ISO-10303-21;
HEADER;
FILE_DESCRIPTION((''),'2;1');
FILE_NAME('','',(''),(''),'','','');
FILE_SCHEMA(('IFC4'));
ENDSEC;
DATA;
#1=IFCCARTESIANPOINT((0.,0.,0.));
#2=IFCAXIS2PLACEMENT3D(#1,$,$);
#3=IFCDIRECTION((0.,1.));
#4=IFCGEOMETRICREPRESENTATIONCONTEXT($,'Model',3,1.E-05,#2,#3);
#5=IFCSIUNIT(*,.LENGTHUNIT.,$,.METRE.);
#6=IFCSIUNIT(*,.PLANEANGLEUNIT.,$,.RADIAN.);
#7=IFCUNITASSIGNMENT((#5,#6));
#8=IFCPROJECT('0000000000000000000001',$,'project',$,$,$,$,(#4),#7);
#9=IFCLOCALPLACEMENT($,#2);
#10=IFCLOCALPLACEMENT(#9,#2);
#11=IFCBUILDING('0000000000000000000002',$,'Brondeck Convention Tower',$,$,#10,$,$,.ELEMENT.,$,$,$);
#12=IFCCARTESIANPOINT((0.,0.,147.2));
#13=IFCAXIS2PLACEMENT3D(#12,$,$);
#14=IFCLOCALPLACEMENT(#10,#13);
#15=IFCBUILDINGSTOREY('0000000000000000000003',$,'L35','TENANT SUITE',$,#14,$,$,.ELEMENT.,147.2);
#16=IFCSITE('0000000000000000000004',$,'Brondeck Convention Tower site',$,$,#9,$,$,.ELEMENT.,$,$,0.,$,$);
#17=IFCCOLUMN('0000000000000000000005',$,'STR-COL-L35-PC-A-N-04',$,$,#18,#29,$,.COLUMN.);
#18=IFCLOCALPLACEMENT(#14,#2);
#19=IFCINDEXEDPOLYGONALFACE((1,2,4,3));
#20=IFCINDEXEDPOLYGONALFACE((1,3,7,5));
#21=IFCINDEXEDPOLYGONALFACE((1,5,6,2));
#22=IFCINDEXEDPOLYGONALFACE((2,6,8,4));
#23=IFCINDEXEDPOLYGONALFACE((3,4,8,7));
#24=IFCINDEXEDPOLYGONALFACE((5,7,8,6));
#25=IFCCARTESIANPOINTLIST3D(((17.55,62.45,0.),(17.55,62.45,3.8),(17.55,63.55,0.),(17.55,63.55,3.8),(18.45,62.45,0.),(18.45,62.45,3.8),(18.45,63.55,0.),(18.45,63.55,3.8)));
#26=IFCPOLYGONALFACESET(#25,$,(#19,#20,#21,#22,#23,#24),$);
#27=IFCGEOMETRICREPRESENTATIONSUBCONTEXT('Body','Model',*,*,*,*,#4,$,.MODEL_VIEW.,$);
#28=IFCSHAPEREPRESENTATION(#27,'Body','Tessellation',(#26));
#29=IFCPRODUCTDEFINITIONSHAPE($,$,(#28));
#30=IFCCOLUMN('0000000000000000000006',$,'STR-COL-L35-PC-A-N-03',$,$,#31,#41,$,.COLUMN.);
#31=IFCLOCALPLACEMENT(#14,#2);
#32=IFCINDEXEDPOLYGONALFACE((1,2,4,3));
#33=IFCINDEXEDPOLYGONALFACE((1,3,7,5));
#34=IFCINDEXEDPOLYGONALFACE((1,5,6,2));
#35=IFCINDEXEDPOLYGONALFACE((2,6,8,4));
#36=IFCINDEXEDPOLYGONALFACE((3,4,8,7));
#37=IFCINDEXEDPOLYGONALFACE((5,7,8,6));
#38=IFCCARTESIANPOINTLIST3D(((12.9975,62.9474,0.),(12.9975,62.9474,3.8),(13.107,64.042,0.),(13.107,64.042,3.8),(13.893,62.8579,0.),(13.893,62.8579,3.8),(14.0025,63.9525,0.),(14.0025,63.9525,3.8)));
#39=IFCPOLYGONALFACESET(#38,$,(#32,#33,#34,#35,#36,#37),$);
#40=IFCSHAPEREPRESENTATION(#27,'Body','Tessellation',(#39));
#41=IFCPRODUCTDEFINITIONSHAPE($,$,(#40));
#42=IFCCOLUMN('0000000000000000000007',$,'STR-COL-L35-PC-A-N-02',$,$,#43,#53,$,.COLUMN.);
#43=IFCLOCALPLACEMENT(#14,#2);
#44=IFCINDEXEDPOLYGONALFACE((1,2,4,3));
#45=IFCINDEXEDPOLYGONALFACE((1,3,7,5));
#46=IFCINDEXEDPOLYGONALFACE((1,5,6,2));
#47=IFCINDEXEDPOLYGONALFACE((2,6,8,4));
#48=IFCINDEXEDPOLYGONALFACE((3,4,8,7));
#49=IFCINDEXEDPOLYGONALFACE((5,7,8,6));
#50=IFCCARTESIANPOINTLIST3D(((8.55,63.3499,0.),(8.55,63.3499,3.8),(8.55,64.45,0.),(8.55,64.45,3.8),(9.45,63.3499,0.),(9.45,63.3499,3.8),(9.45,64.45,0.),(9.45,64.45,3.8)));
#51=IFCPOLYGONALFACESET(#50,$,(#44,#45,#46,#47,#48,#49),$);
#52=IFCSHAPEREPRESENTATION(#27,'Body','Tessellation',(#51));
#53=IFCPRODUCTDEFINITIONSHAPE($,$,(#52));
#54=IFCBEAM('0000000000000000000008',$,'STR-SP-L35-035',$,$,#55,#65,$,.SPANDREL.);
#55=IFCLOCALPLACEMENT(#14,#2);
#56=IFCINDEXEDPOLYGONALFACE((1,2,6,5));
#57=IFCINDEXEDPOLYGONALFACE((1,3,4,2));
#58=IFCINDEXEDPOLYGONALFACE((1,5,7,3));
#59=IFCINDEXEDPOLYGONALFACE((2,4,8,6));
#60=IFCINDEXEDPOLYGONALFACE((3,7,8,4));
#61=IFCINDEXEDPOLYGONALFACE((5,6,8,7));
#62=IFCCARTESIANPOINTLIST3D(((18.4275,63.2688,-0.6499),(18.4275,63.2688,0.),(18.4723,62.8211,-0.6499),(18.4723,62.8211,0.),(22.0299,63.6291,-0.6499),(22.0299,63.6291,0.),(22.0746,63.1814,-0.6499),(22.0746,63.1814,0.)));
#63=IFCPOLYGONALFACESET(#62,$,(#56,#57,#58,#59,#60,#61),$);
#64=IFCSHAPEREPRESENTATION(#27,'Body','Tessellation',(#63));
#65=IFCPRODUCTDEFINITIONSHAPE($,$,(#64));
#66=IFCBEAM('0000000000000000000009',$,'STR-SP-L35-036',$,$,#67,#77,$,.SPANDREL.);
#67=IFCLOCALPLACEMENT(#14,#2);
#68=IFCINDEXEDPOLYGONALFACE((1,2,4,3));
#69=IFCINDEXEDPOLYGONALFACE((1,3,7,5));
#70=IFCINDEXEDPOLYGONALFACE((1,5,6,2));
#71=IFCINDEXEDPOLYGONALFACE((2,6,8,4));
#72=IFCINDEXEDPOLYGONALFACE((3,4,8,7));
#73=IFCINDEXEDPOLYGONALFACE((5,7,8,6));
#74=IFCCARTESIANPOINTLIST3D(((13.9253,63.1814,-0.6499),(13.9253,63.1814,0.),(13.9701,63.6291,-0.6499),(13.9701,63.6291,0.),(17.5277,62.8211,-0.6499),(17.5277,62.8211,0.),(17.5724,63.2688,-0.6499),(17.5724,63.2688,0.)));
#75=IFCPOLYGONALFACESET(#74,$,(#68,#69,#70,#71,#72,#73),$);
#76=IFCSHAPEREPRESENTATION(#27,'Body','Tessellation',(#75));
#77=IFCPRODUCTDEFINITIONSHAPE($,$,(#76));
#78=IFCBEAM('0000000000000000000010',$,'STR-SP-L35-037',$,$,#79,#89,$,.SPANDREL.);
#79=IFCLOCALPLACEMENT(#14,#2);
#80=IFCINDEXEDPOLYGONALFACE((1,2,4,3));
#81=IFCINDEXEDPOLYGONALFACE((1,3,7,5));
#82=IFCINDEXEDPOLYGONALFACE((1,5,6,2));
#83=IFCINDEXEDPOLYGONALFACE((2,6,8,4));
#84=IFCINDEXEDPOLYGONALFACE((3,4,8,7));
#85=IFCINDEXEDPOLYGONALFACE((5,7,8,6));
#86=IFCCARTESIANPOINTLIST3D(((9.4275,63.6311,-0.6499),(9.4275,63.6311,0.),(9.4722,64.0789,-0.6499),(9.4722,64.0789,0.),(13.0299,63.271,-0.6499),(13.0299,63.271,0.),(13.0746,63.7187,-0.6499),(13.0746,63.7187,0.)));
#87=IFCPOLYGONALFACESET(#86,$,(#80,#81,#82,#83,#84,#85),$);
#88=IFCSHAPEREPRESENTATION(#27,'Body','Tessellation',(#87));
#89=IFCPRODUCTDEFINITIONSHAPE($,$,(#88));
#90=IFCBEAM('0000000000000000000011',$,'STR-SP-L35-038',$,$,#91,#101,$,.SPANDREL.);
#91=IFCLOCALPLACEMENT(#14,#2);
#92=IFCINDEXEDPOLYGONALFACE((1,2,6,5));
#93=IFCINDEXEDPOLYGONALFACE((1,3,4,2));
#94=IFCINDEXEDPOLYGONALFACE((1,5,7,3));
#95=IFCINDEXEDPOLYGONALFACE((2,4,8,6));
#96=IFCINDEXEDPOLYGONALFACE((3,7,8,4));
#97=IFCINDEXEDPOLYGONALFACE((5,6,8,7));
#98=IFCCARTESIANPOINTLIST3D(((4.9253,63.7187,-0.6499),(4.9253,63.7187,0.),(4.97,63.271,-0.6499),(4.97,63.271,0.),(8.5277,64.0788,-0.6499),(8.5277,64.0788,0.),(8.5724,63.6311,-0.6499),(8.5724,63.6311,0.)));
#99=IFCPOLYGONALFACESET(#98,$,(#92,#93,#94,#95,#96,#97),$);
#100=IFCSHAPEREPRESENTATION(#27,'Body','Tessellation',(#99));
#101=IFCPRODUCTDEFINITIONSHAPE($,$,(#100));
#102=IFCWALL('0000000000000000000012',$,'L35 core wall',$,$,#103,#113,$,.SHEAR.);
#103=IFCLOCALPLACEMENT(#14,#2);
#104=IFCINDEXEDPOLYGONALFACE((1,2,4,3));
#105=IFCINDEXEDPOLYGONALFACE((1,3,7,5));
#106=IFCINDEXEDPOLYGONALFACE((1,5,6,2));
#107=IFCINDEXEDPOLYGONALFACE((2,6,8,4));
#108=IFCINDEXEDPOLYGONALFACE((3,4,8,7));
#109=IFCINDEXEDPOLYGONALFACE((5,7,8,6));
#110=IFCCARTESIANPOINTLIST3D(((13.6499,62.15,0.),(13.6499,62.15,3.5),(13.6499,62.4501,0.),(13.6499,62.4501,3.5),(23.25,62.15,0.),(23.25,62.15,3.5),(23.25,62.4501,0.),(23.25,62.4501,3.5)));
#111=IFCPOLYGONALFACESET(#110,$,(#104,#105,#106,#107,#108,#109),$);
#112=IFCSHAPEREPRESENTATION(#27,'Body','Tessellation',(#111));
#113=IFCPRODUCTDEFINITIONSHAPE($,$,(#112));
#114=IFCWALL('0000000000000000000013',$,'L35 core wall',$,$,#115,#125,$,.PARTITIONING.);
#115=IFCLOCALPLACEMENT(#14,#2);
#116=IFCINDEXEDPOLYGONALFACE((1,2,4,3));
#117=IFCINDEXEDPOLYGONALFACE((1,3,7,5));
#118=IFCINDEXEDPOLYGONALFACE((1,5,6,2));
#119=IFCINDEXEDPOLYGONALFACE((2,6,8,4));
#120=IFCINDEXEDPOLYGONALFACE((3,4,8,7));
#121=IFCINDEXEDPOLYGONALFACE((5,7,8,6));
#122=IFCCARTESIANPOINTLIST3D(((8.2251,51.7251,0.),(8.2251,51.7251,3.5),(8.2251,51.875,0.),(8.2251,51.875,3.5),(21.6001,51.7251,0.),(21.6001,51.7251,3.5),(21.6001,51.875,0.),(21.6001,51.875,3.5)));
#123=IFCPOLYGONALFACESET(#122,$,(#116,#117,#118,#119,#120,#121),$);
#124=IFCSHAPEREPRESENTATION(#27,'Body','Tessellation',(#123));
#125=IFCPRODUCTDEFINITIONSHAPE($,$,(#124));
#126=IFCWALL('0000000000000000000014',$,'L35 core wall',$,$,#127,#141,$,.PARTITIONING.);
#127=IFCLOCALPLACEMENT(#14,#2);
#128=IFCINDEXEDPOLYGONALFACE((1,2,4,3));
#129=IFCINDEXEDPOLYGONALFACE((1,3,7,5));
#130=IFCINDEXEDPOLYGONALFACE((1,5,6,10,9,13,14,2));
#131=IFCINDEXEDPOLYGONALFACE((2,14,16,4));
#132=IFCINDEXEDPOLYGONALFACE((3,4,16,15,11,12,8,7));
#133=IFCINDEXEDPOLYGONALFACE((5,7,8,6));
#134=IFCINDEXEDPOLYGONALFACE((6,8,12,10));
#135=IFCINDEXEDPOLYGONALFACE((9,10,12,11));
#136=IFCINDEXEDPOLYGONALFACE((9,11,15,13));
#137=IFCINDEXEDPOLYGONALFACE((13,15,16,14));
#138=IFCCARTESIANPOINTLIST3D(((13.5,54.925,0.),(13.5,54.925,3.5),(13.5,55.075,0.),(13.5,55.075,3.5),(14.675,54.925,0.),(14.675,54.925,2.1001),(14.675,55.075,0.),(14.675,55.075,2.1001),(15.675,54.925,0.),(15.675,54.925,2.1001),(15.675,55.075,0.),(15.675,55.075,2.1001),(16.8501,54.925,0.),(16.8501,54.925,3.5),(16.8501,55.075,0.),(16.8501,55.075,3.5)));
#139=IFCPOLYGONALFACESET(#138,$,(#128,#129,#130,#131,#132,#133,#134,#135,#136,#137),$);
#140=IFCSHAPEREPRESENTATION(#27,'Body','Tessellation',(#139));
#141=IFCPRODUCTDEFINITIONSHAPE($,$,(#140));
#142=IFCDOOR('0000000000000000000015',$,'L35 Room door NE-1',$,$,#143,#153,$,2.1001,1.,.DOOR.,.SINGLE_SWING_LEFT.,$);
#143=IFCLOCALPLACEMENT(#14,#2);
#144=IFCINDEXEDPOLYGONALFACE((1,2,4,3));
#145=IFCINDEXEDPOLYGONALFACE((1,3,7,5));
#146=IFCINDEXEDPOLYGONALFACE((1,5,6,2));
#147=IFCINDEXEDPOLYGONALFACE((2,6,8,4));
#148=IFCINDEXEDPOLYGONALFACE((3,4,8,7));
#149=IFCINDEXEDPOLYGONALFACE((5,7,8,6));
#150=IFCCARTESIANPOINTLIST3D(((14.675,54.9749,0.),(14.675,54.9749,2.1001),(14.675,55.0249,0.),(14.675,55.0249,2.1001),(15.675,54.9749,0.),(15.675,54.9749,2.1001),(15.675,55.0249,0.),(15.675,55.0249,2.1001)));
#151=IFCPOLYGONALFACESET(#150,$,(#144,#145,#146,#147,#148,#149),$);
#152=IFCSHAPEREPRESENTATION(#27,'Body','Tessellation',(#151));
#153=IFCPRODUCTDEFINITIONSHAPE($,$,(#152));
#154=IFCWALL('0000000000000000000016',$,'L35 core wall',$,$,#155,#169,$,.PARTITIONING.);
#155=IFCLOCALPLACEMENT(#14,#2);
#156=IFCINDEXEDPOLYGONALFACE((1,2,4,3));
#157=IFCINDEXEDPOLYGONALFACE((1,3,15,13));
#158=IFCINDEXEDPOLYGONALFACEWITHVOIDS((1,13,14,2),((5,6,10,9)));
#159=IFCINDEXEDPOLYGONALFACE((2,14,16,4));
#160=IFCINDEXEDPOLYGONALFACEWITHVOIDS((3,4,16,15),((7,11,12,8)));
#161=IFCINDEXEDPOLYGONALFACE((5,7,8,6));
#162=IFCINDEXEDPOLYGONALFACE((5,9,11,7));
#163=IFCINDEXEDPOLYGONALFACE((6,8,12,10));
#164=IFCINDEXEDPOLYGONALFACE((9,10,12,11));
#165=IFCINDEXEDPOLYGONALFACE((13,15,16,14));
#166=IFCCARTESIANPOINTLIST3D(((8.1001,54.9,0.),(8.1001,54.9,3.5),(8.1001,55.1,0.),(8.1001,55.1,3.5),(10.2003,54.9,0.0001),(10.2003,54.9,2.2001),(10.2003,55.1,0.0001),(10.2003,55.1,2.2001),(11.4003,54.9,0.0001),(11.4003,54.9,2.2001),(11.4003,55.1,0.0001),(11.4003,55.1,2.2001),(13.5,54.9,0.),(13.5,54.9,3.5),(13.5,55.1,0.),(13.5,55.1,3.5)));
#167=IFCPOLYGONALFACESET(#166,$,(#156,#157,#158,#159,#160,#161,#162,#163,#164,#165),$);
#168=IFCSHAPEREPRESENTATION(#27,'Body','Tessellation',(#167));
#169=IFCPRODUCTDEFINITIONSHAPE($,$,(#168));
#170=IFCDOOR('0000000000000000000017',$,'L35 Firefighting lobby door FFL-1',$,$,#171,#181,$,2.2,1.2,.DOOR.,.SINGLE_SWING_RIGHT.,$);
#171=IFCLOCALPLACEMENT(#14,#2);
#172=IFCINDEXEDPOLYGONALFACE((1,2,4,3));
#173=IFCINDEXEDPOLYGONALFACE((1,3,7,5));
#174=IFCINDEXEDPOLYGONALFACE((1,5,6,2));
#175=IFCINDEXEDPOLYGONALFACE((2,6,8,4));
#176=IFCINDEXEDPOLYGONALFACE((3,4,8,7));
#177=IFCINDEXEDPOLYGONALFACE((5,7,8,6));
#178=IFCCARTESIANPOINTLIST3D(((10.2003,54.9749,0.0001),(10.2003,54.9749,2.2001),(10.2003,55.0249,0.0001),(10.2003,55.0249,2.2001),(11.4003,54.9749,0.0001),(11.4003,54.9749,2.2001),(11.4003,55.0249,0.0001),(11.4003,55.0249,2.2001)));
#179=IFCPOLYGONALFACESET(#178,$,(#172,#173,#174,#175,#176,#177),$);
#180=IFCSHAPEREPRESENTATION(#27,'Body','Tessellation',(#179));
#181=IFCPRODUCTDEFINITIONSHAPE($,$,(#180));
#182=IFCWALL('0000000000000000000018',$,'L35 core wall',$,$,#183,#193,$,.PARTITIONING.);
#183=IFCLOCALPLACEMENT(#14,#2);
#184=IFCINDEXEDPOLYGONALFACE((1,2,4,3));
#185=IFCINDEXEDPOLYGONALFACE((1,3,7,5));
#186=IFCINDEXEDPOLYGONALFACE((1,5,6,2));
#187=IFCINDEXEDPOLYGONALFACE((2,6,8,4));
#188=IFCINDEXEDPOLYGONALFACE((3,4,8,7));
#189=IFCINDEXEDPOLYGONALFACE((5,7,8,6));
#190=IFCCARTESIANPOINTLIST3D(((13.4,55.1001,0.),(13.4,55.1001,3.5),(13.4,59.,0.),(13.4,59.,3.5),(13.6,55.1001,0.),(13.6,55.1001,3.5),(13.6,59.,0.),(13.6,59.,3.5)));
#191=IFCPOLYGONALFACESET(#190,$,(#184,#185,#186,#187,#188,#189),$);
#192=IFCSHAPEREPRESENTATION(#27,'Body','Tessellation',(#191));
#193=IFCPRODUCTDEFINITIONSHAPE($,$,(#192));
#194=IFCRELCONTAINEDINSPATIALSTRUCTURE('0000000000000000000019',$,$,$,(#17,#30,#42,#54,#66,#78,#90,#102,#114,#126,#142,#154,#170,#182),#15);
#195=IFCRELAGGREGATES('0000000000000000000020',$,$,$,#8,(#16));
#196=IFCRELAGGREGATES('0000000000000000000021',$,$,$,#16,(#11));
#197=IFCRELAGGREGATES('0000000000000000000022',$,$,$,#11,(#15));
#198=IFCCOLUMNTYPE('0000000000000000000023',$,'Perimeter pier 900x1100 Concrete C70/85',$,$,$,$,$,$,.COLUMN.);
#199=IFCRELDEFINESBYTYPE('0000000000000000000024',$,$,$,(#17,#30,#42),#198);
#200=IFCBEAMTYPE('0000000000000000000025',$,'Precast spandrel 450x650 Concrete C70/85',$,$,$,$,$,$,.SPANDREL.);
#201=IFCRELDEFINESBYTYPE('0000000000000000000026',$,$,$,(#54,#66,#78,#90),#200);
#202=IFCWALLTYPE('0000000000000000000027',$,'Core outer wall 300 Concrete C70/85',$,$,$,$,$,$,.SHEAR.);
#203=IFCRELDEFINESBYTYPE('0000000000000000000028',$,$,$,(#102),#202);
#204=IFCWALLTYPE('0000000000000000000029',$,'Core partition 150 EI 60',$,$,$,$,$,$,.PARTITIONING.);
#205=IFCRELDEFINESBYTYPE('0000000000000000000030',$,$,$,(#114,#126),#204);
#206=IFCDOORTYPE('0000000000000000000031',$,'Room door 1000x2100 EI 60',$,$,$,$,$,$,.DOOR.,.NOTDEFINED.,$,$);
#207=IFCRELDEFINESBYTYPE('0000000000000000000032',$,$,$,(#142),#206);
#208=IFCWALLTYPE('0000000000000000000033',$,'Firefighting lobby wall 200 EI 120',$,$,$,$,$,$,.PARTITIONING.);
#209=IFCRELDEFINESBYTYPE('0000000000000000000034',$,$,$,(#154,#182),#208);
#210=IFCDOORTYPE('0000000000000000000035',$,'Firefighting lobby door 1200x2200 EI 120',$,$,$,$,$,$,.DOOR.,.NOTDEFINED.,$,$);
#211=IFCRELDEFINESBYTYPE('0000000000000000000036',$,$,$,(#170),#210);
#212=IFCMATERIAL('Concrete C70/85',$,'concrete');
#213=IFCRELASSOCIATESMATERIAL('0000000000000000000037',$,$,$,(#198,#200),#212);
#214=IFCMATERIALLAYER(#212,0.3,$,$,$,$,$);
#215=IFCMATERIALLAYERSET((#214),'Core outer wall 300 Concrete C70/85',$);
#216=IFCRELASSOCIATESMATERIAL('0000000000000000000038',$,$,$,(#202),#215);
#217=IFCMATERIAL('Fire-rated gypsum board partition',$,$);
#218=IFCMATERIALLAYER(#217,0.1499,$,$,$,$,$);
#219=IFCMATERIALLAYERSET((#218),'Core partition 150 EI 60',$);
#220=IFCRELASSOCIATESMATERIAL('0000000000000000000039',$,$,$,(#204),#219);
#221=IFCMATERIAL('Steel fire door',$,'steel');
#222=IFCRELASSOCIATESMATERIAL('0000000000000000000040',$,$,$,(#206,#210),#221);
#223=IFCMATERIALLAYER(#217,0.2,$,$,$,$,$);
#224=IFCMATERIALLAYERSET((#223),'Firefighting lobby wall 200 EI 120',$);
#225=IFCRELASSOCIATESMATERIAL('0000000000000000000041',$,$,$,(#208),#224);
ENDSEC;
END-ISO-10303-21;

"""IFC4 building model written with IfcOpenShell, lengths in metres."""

from ifc_helpers import new_model, si_unit, direction, frame, frame_2d, origin, origin_2d, place, context, subcontext, project, spatial, rectangle, extrude, material, layer, layer_set, material_profile, profile_set, type_object, element, fill, save


model = new_model("IFC4")

# Units and contexts
model_context = context("Model", 3, precision=1e-05, world=origin(), true_north=direction((0.0, 1.0)))
body_context = subcontext(model_context, "Body", "Model", "MODEL_VIEW")
ifc_project = project(units=[si_unit("LENGTHUNIT", "METRE"), si_unit("PLANEANGLEUNIT", "RADIAN")], contexts=[model_context])

# Site, building, storey
site_placement = place(None, origin())
site = spatial("IfcSite", under=ifc_project, at=site_placement, Name="Brondeck Convention Tower site", CompositionType="ELEMENT", RefElevation=0.0)
building_placement = place(site_placement, origin())
building = spatial("IfcBuilding", under=site, at=building_placement, Name="Brondeck Convention Tower", CompositionType="ELEMENT")
storey_placement = place(building_placement, frame((0.0, 0.0, 147.2)))
storey = spatial("IfcBuildingStorey", under=building, at=storey_placement, Name="L35", Description="TENANT SUITE", CompositionType="ELEMENT", Elevation=147.2)

# Columns
ifc_material_1 = material(Name="Concrete C70/85", Category="concrete")
ifc_material_profile_1 = material_profile(ifc_material_1, rectangle(XDim=0.8999, YDim=1.1001, at=origin_2d()), Name="Perimeter pier 900x1100 Concrete C70/85")
ifc_profile_set_1 = profile_set([ifc_material_profile_1], Name="Concrete C70/85")
column_type = type_object("IfcColumnType", Name="Perimeter pier 900x1100 Concrete C70/85", PredefinedType="COLUMN", material=ifc_profile_set_1)
for number, where, z_axis, x_axis, name in (
    (1, (18.0, 63.0, 0.0), (0.0, 0.0, 1.0), (-1.0, 0.0, 0.0), "STR-COL-L35-PC-A-N-04"),
    (2, (13.5, 63.45, 0.0), (0.0, 0.0, 1.0), (-0.995037, 0.099504, 0.0), "STR-COL-L35-PC-A-N-03"),
    (3, (9.0, 63.8999, 0.0), (0.0, 0.0, 1.0), (-1.0, 0.0, 0.0), "STR-COL-L35-PC-A-N-02"),
):
    element("IfcColumn", number, at=place(storey_placement, frame(where, z_axis=z_axis, x_axis=x_axis)), inside=storey, type_object=column_type, Name=name, PredefinedType="COLUMN", context=body_context, shape_type="SweptSolid", body=[
        extrude(rectangle(XDim=0.8999, YDim=1.1001, at=origin_2d()), origin(), (0.0, 0.0, 1.0), 3.8),
    ])

# Beams
ifc_material_profile_2 = material_profile(ifc_material_1, rectangle(XDim=0.45, YDim=0.6499, at=origin_2d()), Name="Precast spandrel 450x650 Concrete C70/85")
ifc_profile_set_2 = profile_set([ifc_material_profile_2], Name="Concrete C70/85")
beam_type = type_object("IfcBeamType", Name="Precast spandrel 450x650 Concrete C70/85", PredefinedType="SPANDREL", material=ifc_profile_set_2)
for number, where, z_axis, x_axis, name in (
    (4, (22.0522, 63.4053, -0.325), (-0.995034, -0.099537, 0.0), (0.099537, -0.995034, 0.0), "STR-SP-L35-035"),
    (5, (17.55, 63.0449, -0.325), (-0.995034, 0.099537, 0.0), (-0.099537, -0.995034, 0.0), "STR-SP-L35-036"),
    (6, (13.0522, 63.4949, -0.325), (-0.995041, 0.09947, 0.0), (-0.09947, -0.995041, 0.0), "STR-SP-L35-037"),
    (7, (8.55, 63.855, -0.325), (-0.995041, -0.09947, 0.0), (0.09947, -0.995041, 0.0), "STR-SP-L35-038"),
):
    element("IfcBeam", number, at=place(storey_placement, frame(where, z_axis=z_axis, x_axis=x_axis)), inside=storey, type_object=beam_type, Name=name, PredefinedType="SPANDREL", context=body_context, shape_type="SweptSolid", body=[
        extrude(rectangle(XDim=0.45, YDim=0.6499, at=origin_2d()), origin(), (0.0, 0.0, 1.0), 3.6204),
    ])

# Walls
ifc_layer_1 = layer(ifc_material_1, 0.3)
ifc_layer_set_1 = layer_set([ifc_layer_1], Name="Core outer wall 300 Concrete C70/85")
wall_type_1 = type_object("IfcWallType", Name="Core outer wall 300 Concrete C70/85", PredefinedType="SHEAR", material=ifc_layer_set_1)
wall_1_placement = place(storey_placement, frame((13.6499, 62.3, 0.0), z_axis=(0.0, 0.0, 1.0), x_axis=(1.0, 0.0, 0.0)))
element("IfcWall", 8, at=wall_1_placement, inside=storey, type_object=wall_type_1, Name="L35 core wall", PredefinedType="SHEAR", context=body_context, shape_type="SweptSolid", body=[
    extrude(rectangle(XDim=9.6001, YDim=0.3, at=frame_2d((4.8, 0.0))), origin(), (0.0, 0.0, 1.0), 3.5),
])
ifc_material_2 = material(Name="Fire-rated gypsum board partition")
ifc_layer_2 = layer(ifc_material_2, 0.1499)
ifc_layer_set_2 = layer_set([ifc_layer_2], Name="Core partition 150 EI 60")
wall_type_2 = type_object("IfcWallType", Name="Core partition 150 EI 60", PredefinedType="PARTITIONING", material=ifc_layer_set_2)
wall_2_placement = place(storey_placement, frame((8.2251, 51.8, 0.0), z_axis=(0.0, 0.0, 1.0), x_axis=(1.0, 0.0, 0.0)))
element("IfcWall", 9, at=wall_2_placement, inside=storey, type_object=wall_type_2, Name="L35 core wall", PredefinedType="PARTITIONING", context=body_context, shape_type="SweptSolid", body=[
    extrude(rectangle(XDim=13.375, YDim=0.1499, at=frame_2d((6.6875, 0.0))), origin(), (0.0, 0.0, 1.0), 3.5),
])

# Walls, openings, doors
wall_3_placement = place(storey_placement, frame((13.5, 55.0, 0.0), z_axis=(0.0, 0.0, 1.0), x_axis=(1.0, 0.0, 0.0)))
wall_3 = element("IfcWall", 10, at=wall_3_placement, inside=storey, type_object=wall_type_2, Name="L35 core wall", PredefinedType="PARTITIONING", context=body_context, shape_type="SweptSolid", body=[
    extrude(rectangle(XDim=3.3501, YDim=0.1499, at=frame_2d((1.675, 0.0))), origin(), (0.0, 0.0, 1.0), 3.5),
])
opening_1_placement = place(wall_3_placement, frame((1.175, 0.0, 0.0)))
opening_1 = element("IfcOpeningElement", 11, at=opening_1_placement, cuts=wall_3, PredefinedType="OPENING", context=body_context, shape_type="SweptSolid", body=[
    extrude(rectangle(XDim=1.0, YDim=2.1001, at=frame_2d((0.5, 1.05))), frame((0.0, 0.085, 0.0), z_axis=(0.0, -1.0, 0.0), x_axis=(1.0, 0.0, 0.0)), (0.0, 0.0, 1.0), 0.1699),
])
ifc_material_3 = material(Name="Steel fire door", Category="steel")
door_type_1 = type_object("IfcDoorType", Name="Room door 1000x2100 EI 60", OperationType="NOTDEFINED", PredefinedType="DOOR", material=ifc_material_3)
door_1_placement = place(opening_1_placement, origin())
door_1 = element("IfcDoor", 12, at=door_1_placement, inside=storey, type_object=door_type_1, Name="L35 Room door NE-1", OperationType="SINGLE_SWING_LEFT", OverallHeight=2.1001, OverallWidth=1.0, PredefinedType="DOOR", context=body_context, shape_type="SweptSolid", body=[
    extrude(rectangle(XDim=1.0, YDim=2.1001, at=frame_2d((0.5, 1.05))), frame((0.0, 0.0249, 0.0), z_axis=(0.0, -1.0, 0.0), x_axis=(1.0, 0.0, 0.0)), (0.0, 0.0, 1.0), 0.05),
])
fill(opening_1, door_1)
ifc_layer_3 = layer(ifc_material_2, 0.2)
ifc_layer_set_3 = layer_set([ifc_layer_3], Name="Firefighting lobby wall 200 EI 120")
wall_type_3 = type_object("IfcWallType", Name="Firefighting lobby wall 200 EI 120", PredefinedType="PARTITIONING", material=ifc_layer_set_3)
wall_4_placement = place(storey_placement, frame((8.1001, 55.0, 0.0), z_axis=(0.0, 0.0, 1.0), x_axis=(1.0, 0.0, 0.0)))
wall_4 = element("IfcWall", 13, at=wall_4_placement, inside=storey, type_object=wall_type_3, Name="L35 core wall", PredefinedType="PARTITIONING", context=body_context, shape_type="SweptSolid", body=[
    extrude(rectangle(XDim=5.3999, YDim=0.2, at=frame_2d((2.7, 0.0))), origin(), (0.0, 0.0, 1.0), 3.5),
])
opening_2_placement = place(wall_4_placement, frame((2.1001, 0.0, 0.0)))
opening_2 = element("IfcOpeningElement", 14, at=opening_2_placement, cuts=wall_4, PredefinedType="OPENING", context=body_context, shape_type="SweptSolid", body=[
    extrude(rectangle(XDim=1.2, YDim=2.2, at=frame_2d((0.6001, 1.1001))), frame((0.0, 0.1099, 0.0), z_axis=(0.0, -1.0, 0.0), x_axis=(1.0, 0.0, 0.0)), (0.0, 0.0, 1.0), 0.22),
])
door_type_2 = type_object("IfcDoorType", Name="Firefighting lobby door 1200x2200 EI 120", OperationType="NOTDEFINED", PredefinedType="DOOR", material=ifc_material_3)
door_2_placement = place(opening_2_placement, origin())
door_2 = element("IfcDoor", 15, at=door_2_placement, inside=storey, type_object=door_type_2, Name="L35 Firefighting lobby door FFL-1", OperationType="SINGLE_SWING_RIGHT", OverallHeight=2.2, OverallWidth=1.2, PredefinedType="DOOR", context=body_context, shape_type="SweptSolid", body=[
    extrude(rectangle(XDim=1.2, YDim=2.2, at=frame_2d((0.6001, 1.1001))), frame((0.0, 0.0249, 0.0), z_axis=(0.0, -1.0, 0.0), x_axis=(1.0, 0.0, 0.0)), (0.0, 0.0, 1.0), 0.05),
])
fill(opening_2, door_2)

# Wall
wall_5_placement = place(storey_placement, frame((13.5, 55.1001, 0.0), z_axis=(0.0, 0.0, 1.0), x_axis=(0.0, 1.0, 0.0)))
element("IfcWall", 16, at=wall_5_placement, inside=storey, type_object=wall_type_3, Name="L35 core wall", PredefinedType="PARTITIONING", context=body_context, shape_type="SweptSolid", body=[
    extrude(rectangle(XDim=3.8999, YDim=0.2, at=frame_2d((1.95, 0.0))), origin(), (0.0, 0.0, 1.0), 3.5),
])

save(model, "model.ifc")
